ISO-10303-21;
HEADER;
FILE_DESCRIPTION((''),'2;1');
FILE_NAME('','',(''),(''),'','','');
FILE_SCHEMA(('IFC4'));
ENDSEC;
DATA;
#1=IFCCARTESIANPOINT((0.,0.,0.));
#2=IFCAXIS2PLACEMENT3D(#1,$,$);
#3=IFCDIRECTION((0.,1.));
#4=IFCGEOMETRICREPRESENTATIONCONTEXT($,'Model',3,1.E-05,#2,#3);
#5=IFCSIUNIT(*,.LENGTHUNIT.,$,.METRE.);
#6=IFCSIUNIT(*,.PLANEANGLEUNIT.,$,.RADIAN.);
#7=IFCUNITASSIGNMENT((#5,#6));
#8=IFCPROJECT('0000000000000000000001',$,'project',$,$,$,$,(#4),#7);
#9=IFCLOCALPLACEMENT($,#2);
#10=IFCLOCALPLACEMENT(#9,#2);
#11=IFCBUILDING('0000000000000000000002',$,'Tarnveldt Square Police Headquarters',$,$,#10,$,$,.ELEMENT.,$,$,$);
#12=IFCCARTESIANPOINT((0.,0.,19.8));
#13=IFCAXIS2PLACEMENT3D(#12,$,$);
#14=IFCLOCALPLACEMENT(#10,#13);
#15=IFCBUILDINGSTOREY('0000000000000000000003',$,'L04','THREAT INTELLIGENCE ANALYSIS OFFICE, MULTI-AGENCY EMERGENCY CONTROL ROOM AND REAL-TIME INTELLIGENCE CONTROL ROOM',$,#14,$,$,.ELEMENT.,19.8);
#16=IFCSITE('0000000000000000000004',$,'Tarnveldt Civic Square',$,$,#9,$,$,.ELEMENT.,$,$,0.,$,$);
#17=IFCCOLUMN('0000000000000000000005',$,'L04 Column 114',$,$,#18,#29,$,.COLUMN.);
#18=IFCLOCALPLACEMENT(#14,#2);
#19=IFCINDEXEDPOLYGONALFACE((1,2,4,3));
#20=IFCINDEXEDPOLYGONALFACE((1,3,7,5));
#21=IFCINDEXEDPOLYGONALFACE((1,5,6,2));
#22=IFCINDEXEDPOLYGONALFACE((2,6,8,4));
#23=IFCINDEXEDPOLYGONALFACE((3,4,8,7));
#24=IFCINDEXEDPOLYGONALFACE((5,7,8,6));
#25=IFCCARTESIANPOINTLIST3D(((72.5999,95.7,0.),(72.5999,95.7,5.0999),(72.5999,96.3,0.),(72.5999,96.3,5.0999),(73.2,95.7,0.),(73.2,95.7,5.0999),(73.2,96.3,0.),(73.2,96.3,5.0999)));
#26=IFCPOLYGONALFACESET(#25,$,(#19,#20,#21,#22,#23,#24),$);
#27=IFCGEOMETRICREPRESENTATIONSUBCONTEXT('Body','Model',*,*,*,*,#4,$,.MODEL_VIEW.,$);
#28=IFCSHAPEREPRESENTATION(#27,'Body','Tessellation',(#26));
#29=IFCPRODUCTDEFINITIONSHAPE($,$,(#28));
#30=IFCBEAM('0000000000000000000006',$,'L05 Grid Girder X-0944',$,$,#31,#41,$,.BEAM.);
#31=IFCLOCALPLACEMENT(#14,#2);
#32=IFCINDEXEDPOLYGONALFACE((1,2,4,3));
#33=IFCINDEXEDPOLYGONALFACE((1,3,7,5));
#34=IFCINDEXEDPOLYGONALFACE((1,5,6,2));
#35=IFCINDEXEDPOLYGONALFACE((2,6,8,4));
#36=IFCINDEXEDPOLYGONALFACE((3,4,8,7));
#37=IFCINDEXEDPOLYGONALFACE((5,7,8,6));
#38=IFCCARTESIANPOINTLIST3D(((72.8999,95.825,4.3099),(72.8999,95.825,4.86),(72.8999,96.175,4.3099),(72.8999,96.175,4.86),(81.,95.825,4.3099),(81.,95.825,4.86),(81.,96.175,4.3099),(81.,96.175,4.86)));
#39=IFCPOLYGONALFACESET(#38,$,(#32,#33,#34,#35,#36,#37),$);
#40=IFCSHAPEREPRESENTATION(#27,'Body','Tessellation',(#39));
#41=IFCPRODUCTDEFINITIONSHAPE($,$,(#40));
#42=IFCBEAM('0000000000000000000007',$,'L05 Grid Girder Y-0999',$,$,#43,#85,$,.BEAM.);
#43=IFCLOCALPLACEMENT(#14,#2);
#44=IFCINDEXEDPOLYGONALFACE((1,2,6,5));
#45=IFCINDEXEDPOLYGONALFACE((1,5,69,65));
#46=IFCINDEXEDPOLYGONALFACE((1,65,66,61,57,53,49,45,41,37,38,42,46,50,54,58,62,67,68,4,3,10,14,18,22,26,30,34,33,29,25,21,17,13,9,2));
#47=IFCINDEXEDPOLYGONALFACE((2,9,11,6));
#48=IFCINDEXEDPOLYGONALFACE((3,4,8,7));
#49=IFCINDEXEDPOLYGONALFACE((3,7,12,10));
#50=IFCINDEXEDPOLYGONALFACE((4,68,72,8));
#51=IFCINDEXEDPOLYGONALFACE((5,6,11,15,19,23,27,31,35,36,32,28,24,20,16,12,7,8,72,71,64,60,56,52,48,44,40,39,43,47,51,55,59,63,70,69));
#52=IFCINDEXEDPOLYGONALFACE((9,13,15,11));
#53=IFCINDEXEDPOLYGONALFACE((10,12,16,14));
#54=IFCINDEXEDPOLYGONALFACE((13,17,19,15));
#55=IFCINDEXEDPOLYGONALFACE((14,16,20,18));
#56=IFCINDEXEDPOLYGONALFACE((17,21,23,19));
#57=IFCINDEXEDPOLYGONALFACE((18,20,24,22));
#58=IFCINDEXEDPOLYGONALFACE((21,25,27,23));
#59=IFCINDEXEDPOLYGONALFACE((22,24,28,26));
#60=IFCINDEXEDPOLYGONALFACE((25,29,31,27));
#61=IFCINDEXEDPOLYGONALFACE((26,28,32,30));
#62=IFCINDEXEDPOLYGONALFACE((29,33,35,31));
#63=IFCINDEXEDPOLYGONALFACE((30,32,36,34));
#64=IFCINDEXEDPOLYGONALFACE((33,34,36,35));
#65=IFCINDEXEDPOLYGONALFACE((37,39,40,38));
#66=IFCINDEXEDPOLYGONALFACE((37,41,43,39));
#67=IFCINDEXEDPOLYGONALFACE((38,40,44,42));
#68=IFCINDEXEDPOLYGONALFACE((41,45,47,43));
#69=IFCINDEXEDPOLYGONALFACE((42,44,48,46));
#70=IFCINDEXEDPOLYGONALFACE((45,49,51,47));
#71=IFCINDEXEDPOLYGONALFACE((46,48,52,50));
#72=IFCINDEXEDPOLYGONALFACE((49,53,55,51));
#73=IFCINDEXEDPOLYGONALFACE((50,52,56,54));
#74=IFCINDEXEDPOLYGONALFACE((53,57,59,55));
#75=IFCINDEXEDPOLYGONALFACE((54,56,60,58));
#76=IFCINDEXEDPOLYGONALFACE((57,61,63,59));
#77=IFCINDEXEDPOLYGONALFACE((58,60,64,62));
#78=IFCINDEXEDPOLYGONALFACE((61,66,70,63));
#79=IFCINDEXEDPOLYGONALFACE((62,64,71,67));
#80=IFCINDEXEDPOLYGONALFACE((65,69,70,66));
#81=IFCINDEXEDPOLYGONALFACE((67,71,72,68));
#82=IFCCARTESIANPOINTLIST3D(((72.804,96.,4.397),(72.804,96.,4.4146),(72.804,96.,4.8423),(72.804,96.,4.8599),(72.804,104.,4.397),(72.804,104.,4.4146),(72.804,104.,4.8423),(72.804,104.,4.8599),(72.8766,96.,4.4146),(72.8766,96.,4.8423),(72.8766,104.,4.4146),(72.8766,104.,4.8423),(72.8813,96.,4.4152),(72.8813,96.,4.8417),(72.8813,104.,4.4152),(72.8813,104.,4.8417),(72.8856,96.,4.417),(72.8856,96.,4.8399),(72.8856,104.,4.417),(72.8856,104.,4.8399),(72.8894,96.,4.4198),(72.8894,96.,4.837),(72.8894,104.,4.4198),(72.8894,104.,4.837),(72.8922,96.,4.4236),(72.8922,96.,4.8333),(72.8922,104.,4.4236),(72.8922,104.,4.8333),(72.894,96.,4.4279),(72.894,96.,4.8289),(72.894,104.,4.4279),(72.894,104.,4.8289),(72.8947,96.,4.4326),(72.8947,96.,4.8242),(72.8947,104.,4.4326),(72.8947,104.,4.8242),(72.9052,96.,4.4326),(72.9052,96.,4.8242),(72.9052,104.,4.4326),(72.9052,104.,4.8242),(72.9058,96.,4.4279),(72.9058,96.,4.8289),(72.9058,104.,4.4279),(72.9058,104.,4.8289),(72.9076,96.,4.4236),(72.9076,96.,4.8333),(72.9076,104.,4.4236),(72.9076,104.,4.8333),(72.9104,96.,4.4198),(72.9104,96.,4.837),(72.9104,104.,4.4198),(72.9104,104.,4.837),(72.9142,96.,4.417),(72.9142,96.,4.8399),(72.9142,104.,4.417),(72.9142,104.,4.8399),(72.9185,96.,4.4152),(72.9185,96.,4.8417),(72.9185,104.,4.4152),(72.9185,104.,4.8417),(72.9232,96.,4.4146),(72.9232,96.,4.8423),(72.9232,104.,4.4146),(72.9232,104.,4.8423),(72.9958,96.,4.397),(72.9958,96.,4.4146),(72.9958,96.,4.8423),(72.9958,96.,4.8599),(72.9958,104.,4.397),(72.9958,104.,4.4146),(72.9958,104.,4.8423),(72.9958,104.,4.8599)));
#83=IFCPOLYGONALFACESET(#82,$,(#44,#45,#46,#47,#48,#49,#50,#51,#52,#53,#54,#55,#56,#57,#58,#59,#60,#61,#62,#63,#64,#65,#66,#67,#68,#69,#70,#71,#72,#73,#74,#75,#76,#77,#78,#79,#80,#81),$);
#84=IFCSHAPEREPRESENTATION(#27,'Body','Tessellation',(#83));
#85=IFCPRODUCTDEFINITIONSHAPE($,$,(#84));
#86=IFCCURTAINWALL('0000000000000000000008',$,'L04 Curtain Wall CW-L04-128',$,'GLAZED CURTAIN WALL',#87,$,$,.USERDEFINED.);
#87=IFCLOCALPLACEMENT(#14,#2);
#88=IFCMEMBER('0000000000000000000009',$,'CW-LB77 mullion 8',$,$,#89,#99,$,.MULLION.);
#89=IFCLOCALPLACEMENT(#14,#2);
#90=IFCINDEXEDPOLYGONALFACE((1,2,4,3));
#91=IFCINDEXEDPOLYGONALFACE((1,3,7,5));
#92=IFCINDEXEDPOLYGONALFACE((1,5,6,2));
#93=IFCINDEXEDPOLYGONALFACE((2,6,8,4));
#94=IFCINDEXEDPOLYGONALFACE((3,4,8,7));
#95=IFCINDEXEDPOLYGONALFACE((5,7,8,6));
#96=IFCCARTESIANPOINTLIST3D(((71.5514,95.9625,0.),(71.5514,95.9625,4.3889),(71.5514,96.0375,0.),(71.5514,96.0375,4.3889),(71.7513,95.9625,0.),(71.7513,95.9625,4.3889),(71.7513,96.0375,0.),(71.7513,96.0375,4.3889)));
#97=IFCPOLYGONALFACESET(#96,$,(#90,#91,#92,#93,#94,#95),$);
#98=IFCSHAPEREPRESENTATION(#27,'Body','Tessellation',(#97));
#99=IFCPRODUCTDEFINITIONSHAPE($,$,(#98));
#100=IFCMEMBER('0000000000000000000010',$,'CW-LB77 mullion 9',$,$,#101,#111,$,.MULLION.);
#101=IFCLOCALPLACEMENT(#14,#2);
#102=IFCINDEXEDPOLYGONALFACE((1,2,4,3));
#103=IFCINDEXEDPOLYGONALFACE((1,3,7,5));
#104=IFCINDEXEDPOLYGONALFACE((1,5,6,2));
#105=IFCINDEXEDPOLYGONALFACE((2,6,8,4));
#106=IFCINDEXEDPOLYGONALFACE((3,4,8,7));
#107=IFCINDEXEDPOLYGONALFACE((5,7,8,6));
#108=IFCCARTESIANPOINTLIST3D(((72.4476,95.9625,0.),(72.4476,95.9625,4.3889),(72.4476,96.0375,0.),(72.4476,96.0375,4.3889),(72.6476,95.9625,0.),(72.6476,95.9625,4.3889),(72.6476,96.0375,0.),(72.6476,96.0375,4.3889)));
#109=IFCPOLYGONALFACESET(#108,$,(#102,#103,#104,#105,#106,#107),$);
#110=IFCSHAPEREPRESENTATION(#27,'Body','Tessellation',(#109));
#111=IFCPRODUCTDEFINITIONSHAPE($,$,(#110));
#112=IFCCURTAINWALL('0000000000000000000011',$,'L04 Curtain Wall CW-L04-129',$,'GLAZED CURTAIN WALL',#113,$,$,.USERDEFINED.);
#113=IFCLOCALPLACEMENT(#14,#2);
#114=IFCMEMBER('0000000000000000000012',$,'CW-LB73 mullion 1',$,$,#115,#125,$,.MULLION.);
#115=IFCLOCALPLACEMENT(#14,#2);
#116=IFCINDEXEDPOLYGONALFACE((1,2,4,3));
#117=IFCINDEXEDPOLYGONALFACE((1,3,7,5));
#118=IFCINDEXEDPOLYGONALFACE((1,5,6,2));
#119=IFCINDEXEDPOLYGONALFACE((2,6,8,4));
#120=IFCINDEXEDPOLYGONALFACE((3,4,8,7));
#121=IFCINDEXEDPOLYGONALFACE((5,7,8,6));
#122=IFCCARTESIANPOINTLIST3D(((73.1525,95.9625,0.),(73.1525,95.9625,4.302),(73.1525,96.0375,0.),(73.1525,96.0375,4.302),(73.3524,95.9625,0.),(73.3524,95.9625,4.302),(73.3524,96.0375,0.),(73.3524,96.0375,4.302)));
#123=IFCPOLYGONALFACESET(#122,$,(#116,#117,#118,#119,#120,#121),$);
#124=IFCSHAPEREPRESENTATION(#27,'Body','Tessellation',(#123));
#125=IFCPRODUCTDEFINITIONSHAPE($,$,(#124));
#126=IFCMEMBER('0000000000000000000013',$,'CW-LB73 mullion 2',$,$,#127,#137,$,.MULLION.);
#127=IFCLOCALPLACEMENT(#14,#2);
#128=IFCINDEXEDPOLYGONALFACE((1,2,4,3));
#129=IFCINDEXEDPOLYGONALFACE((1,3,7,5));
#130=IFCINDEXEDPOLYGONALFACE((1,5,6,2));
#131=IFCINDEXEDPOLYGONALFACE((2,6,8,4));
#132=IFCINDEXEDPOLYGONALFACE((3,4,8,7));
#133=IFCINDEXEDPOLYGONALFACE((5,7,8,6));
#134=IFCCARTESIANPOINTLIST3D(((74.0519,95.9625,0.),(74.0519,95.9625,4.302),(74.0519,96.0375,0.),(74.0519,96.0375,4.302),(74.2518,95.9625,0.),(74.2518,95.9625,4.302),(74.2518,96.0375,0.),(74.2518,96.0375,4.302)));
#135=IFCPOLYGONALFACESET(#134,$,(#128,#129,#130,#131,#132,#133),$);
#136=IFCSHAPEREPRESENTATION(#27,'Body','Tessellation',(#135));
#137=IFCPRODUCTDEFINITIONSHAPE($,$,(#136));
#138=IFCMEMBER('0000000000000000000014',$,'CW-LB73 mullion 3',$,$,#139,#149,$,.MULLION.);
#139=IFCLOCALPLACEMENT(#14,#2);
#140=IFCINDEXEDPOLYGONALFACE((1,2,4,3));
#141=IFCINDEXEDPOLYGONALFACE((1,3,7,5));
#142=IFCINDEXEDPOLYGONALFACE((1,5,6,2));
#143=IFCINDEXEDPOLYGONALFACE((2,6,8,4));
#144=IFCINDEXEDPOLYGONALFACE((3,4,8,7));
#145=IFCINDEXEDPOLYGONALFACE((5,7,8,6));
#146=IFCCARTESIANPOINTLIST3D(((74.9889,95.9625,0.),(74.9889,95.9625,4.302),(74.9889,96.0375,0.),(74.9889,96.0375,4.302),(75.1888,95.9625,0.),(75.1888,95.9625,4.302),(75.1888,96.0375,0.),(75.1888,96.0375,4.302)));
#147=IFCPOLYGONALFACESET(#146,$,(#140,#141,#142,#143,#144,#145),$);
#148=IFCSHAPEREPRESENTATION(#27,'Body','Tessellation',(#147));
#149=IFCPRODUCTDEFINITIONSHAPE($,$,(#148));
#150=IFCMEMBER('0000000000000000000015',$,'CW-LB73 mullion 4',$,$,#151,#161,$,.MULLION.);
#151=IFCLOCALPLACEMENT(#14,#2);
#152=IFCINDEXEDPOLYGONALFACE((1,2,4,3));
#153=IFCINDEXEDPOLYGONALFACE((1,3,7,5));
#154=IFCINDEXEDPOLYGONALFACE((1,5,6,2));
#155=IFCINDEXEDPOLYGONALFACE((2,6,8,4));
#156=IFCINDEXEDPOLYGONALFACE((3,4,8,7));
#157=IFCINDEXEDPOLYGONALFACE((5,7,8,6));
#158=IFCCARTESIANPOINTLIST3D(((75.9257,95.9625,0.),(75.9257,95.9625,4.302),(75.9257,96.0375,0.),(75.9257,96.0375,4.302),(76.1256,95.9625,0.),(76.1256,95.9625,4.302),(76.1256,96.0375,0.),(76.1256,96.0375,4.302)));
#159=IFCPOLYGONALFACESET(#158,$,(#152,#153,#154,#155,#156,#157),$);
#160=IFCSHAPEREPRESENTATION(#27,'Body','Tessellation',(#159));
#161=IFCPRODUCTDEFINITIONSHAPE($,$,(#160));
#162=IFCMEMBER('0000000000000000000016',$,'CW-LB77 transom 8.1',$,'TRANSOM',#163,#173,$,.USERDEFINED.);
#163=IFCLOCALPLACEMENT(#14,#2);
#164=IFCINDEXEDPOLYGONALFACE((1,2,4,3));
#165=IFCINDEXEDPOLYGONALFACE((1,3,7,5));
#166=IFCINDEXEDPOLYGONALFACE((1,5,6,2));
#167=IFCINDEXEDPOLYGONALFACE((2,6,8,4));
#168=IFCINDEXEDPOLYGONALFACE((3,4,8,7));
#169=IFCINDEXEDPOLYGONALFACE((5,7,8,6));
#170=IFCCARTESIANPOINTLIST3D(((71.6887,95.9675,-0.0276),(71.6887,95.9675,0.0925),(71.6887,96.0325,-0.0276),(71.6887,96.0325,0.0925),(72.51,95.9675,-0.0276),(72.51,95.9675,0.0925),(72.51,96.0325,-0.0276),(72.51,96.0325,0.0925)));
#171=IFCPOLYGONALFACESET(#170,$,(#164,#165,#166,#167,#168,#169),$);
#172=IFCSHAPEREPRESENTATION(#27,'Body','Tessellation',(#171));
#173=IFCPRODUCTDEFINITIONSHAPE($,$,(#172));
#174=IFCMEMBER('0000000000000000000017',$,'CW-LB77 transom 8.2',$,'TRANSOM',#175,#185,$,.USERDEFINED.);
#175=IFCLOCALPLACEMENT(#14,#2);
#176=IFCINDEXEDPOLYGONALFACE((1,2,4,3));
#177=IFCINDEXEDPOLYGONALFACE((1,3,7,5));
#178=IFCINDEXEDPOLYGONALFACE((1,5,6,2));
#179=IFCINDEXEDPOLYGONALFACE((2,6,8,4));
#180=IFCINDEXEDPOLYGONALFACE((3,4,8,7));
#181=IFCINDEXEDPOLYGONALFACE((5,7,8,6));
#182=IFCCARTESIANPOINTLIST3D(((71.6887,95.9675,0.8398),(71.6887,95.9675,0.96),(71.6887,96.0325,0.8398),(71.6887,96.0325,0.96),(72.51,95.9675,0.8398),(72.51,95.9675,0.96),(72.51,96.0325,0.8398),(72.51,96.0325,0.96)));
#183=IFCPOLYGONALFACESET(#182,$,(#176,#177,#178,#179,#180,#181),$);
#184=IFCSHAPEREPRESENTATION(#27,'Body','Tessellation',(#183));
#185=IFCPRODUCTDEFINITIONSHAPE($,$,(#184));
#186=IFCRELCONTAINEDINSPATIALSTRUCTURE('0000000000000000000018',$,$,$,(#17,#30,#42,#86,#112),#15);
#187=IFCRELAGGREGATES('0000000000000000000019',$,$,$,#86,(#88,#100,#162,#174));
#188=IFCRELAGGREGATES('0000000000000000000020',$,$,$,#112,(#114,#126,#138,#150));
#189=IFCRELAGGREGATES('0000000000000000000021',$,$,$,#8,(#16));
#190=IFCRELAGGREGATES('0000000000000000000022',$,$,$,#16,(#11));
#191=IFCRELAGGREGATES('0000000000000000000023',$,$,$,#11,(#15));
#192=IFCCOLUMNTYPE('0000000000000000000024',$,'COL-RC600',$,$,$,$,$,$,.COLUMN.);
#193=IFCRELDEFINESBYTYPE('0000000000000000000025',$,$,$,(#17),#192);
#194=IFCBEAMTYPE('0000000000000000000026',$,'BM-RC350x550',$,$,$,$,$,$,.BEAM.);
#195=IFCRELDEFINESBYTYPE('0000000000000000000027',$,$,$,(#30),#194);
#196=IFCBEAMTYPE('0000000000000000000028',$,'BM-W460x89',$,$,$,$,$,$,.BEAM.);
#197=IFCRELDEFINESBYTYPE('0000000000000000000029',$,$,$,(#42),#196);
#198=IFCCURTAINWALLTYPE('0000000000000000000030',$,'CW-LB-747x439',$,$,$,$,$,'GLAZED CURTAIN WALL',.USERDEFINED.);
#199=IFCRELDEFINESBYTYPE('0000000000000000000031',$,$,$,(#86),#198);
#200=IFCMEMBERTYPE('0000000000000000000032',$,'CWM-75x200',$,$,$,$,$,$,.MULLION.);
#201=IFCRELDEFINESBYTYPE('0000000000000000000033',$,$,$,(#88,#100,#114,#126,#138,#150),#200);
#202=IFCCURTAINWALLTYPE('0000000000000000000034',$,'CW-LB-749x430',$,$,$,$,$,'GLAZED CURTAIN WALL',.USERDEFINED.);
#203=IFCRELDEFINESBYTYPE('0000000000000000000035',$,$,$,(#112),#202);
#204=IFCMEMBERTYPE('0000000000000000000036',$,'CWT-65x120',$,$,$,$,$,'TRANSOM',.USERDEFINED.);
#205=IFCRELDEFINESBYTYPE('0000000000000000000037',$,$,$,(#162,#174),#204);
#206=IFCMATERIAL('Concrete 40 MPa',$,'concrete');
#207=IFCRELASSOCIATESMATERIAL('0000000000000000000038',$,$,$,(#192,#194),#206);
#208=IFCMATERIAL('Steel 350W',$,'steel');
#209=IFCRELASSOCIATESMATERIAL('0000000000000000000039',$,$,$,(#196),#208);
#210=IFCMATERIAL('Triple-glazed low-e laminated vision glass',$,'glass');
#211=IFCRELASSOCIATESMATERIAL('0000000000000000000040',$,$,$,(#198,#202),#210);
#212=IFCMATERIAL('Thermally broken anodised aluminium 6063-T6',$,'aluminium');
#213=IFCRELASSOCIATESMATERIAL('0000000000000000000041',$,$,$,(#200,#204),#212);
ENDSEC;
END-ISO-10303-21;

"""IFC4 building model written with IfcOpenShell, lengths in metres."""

from ifc_helpers import new_model, si_unit, direction, frame, origin, origin_2d, place, context, subcontext, project, spatial, rectangle, i_section, extrude, material, material_profile, profile_set, type_object, element, aggregate, save


model = new_model("IFC4")

# Units and contexts
model_context = context("Model", 3, precision=1e-05, world=origin(), true_north=direction((0.0, 1.0)))
body_context = subcontext(model_context, "Body", "Model", "MODEL_VIEW")
ifc_project = project(units=[si_unit("LENGTHUNIT", "METRE"), si_unit("PLANEANGLEUNIT", "RADIAN")], contexts=[model_context])

# Site, building, storey
site_placement = place(None, origin())
site = spatial("IfcSite", under=ifc_project, at=site_placement, Name="Tarnveldt Civic Square", CompositionType="ELEMENT", RefElevation=0.0)
building_placement = place(site_placement, origin())
building = spatial("IfcBuilding", under=site, at=building_placement, Name="Tarnveldt Square Police Headquarters", CompositionType="ELEMENT")
storey_placement = place(building_placement, frame((0.0, 0.0, 19.8)))
storey = spatial("IfcBuildingStorey", under=building, at=storey_placement, Name="L04", Description="THREAT INTELLIGENCE ANALYSIS OFFICE, MULTI-AGENCY EMERGENCY CONTROL ROOM AND REAL-TIME INTELLIGENCE CONTROL ROOM", CompositionType="ELEMENT", Elevation=19.8)

# Column
ifc_material_1 = material(Name="Concrete 40 MPa", Category="concrete")
ifc_material_profile_1 = material_profile(ifc_material_1, rectangle(XDim=0.6001, YDim=0.6001, at=origin_2d()), Name="RC-C600x600")
ifc_profile_set_1 = profile_set([ifc_material_profile_1], Name="Concrete 40 MPa")
column_type = type_object("IfcColumnType", Name="COL-RC600", PredefinedType="COLUMN", material=ifc_profile_set_1)
column_placement = place(storey_placement, frame((72.8999, 96.0, 0.0), z_axis=(0.0, 0.0, 1.0), x_axis=(1.0, 0.0, 0.0)))
element("IfcColumn", 1, at=column_placement, inside=storey, type_object=column_type, Name="L04 Column 114", PredefinedType="COLUMN", context=body_context, shape_type="SweptSolid", body=[
    extrude(rectangle(XDim=0.6001, YDim=0.6001, at=origin_2d()), origin(), (0.0, 0.0, 1.0), 5.0999),
])

# Beams
ifc_material_profile_2 = material_profile(ifc_material_1, rectangle(XDim=0.3501, YDim=0.55, at=origin_2d()), Name="RC-B350x550")
ifc_profile_set_2 = profile_set([ifc_material_profile_2], Name="Concrete 40 MPa")
beam_type_1 = type_object("IfcBeamType", Name="BM-RC350x550", PredefinedType="BEAM", material=ifc_profile_set_2)
beam_1_placement = place(storey_placement, frame((72.8999, 96.0, 4.585), z_axis=(1.0, 0.0, 0.0), x_axis=(0.0, 1.0, 0.0)))
element("IfcBeam", 2, at=beam_1_placement, inside=storey, type_object=beam_type_1, Name="L05 Grid Girder X-0944", PredefinedType="BEAM", context=body_context, shape_type="SweptSolid", body=[
    extrude(rectangle(XDim=0.3501, YDim=0.55, at=origin_2d()), origin(), (0.0, 0.0, 1.0), 8.1001),
])
ifc_material_2 = material(Name="Steel 350W", Category="steel")
ifc_material_profile_3 = material_profile(ifc_material_2, i_section(OverallWidth=0.1919, OverallDepth=0.4629, WebThickness=0.0105, FlangeThickness=0.0176, FilletRadius=0.0181, at=origin_2d()), Name="W460x89")
ifc_profile_set_3 = profile_set([ifc_material_profile_3], Name="Steel 350W")
beam_type_2 = type_object("IfcBeamType", Name="BM-W460x89", PredefinedType="BEAM", material=ifc_profile_set_3)
beam_2_placement = place(storey_placement, frame((72.8999, 96.0, 4.6284), z_axis=(0.0, 1.0, 0.0), x_axis=(-1.0, 0.0, 0.0)))
element("IfcBeam", 3, at=beam_2_placement, inside=storey, type_object=beam_type_2, Name="L05 Grid Girder Y-0999", PredefinedType="BEAM", context=body_context, shape_type="SweptSolid", body=[
    extrude(i_section(OverallWidth=0.1919, OverallDepth=0.4629, WebThickness=0.0105, FlangeThickness=0.0176, FilletRadius=0.0181, at=origin_2d()), origin(), (0.0, 0.0, 1.0), 8.0),
])

# Curtain walls, members
ifc_material_3 = material(Name="Triple-glazed low-e laminated vision glass", Category="glass")
curtain_wall_type_1 = type_object("IfcCurtainWallType", Name="CW-LB-747x439", ElementType="GLAZED CURTAIN WALL", PredefinedType="USERDEFINED", material=ifc_material_3)
curtain_wall_1_placement = place(storey_placement, origin())
curtain_wall_1 = element("IfcCurtainWall", 4, at=curtain_wall_1_placement, inside=storey, type_object=curtain_wall_type_1, Name="L04 Curtain Wall CW-L04-128", ObjectType="GLAZED CURTAIN WALL", PredefinedType="USERDEFINED")
ifc_material_4 = material(Name="Thermally broken anodised aluminium 6063-T6", Category="aluminium")
ifc_material_profile_4 = material_profile(ifc_material_4, rectangle(XDim=0.075, YDim=0.2, at=origin_2d()), Name="CW-M75x200")
ifc_profile_set_4 = profile_set([ifc_material_profile_4], Name="Thermally broken anodised aluminium 6063-T6")
member_type_1 = type_object("IfcMemberType", Name="CWM-75x200", PredefinedType="MULLION", material=ifc_profile_set_4)
member_1_placement = place(storey_placement, frame((71.6514, 96.0, 0.0), z_axis=(0.0, 0.0, 1.0), x_axis=(0.0, 1.0, 0.0)))
member_1 = element("IfcMember", 5, at=member_1_placement, type_object=member_type_1, Name="CW-LB77 mullion 8", PredefinedType="MULLION", context=body_context, shape_type="SweptSolid", body=[
    extrude(rectangle(XDim=0.075, YDim=0.2, at=origin_2d()), origin(), (0.0, 0.0, 1.0), 4.3889),
])
member_2_placement = place(storey_placement, frame((72.5476, 96.0, 0.0), z_axis=(0.0, 0.0, 1.0), x_axis=(0.0, 1.0, 0.0)))
member_2 = element("IfcMember", 6, at=member_2_placement, type_object=member_type_1, Name="CW-LB77 mullion 9", PredefinedType="MULLION", context=body_context, shape_type="SweptSolid", body=[
    extrude(rectangle(XDim=0.075, YDim=0.2, at=origin_2d()), origin(), (0.0, 0.0, 1.0), 4.3889),
])
curtain_wall_type_2 = type_object("IfcCurtainWallType", Name="CW-LB-749x430", ElementType="GLAZED CURTAIN WALL", PredefinedType="USERDEFINED", material=ifc_material_3)
curtain_wall_2_placement = place(storey_placement, origin())
curtain_wall_2 = element("IfcCurtainWall", 7, at=curtain_wall_2_placement, inside=storey, type_object=curtain_wall_type_2, Name="L04 Curtain Wall CW-L04-129", ObjectType="GLAZED CURTAIN WALL", PredefinedType="USERDEFINED")
member_3_placement = place(storey_placement, frame((73.2524, 96.0, 0.0), z_axis=(0.0, 0.0, 1.0), x_axis=(0.0, 1.0, 0.0)))
member_3 = element("IfcMember", 8, at=member_3_placement, type_object=member_type_1, Name="CW-LB73 mullion 1", PredefinedType="MULLION", context=body_context, shape_type="SweptSolid", body=[
    extrude(rectangle(XDim=0.075, YDim=0.2, at=origin_2d()), origin(), (0.0, 0.0, 1.0), 4.302),
])
member_4_placement = place(storey_placement, frame((74.1519, 96.0, 0.0), z_axis=(0.0, 0.0, 1.0), x_axis=(0.0, 1.0, 0.0)))
member_4 = element("IfcMember", 9, at=member_4_placement, type_object=member_type_1, Name="CW-LB73 mullion 2", PredefinedType="MULLION", context=body_context, shape_type="SweptSolid", body=[
    extrude(rectangle(XDim=0.075, YDim=0.2, at=origin_2d()), origin(), (0.0, 0.0, 1.0), 4.302),
])
member_5_placement = place(storey_placement, frame((75.0889, 96.0, 0.0), z_axis=(0.0, 0.0, 1.0), x_axis=(0.0, 1.0, 0.0)))
member_5 = element("IfcMember", 10, at=member_5_placement, type_object=member_type_1, Name="CW-LB73 mullion 3", PredefinedType="MULLION", context=body_context, shape_type="SweptSolid", body=[
    extrude(rectangle(XDim=0.075, YDim=0.2, at=origin_2d()), origin(), (0.0, 0.0, 1.0), 4.302),
])
member_6_placement = place(storey_placement, frame((76.0256, 96.0, 0.0), z_axis=(0.0, 0.0, 1.0), x_axis=(0.0, 1.0, 0.0)))
member_6 = element("IfcMember", 11, at=member_6_placement, type_object=member_type_1, Name="CW-LB73 mullion 4", PredefinedType="MULLION", context=body_context, shape_type="SweptSolid", body=[
    extrude(rectangle(XDim=0.075, YDim=0.2, at=origin_2d()), origin(), (0.0, 0.0, 1.0), 4.302),
])

# Members
ifc_material_profile_5 = material_profile(ifc_material_4, rectangle(XDim=0.0649, YDim=0.1201, at=origin_2d()), Name="CW-T65x120")
ifc_profile_set_5 = profile_set([ifc_material_profile_5], Name="Thermally broken anodised aluminium 6063-T6")
member_type_2 = type_object("IfcMemberType", Name="CWT-65x120", ElementType="TRANSOM", PredefinedType="USERDEFINED", material=ifc_profile_set_5)
member_7_placement = place(storey_placement, frame((71.6887, 96.0, 0.0325), z_axis=(1.0, 0.0, 0.0), x_axis=(0.0, 1.0, 0.0)))
member_7 = element("IfcMember", 12, at=member_7_placement, type_object=member_type_2, Name="CW-LB77 transom 8.1", ObjectType="TRANSOM", PredefinedType="USERDEFINED", context=body_context, shape_type="SweptSolid", body=[
    extrude(rectangle(XDim=0.0649, YDim=0.1201, at=origin_2d()), origin(), (0.0, 0.0, 1.0), 0.8213),
])
member_8_placement = place(storey_placement, frame((71.6887, 96.0, 0.8999), z_axis=(1.0, 0.0, 0.0), x_axis=(0.0, 1.0, 0.0)))
member_8 = element("IfcMember", 13, at=member_8_placement, type_object=member_type_2, Name="CW-LB77 transom 8.2", ObjectType="TRANSOM", PredefinedType="USERDEFINED", context=body_context, shape_type="SweptSolid", body=[
    extrude(rectangle(XDim=0.0649, YDim=0.1201, at=origin_2d()), origin(), (0.0, 0.0, 1.0), 0.8213),
])

aggregate(curtain_wall_1, [member_1, member_2, member_7, member_8])
aggregate(curtain_wall_2, [member_3, member_4, member_5, member_6])

save(model, "model.ifc")
